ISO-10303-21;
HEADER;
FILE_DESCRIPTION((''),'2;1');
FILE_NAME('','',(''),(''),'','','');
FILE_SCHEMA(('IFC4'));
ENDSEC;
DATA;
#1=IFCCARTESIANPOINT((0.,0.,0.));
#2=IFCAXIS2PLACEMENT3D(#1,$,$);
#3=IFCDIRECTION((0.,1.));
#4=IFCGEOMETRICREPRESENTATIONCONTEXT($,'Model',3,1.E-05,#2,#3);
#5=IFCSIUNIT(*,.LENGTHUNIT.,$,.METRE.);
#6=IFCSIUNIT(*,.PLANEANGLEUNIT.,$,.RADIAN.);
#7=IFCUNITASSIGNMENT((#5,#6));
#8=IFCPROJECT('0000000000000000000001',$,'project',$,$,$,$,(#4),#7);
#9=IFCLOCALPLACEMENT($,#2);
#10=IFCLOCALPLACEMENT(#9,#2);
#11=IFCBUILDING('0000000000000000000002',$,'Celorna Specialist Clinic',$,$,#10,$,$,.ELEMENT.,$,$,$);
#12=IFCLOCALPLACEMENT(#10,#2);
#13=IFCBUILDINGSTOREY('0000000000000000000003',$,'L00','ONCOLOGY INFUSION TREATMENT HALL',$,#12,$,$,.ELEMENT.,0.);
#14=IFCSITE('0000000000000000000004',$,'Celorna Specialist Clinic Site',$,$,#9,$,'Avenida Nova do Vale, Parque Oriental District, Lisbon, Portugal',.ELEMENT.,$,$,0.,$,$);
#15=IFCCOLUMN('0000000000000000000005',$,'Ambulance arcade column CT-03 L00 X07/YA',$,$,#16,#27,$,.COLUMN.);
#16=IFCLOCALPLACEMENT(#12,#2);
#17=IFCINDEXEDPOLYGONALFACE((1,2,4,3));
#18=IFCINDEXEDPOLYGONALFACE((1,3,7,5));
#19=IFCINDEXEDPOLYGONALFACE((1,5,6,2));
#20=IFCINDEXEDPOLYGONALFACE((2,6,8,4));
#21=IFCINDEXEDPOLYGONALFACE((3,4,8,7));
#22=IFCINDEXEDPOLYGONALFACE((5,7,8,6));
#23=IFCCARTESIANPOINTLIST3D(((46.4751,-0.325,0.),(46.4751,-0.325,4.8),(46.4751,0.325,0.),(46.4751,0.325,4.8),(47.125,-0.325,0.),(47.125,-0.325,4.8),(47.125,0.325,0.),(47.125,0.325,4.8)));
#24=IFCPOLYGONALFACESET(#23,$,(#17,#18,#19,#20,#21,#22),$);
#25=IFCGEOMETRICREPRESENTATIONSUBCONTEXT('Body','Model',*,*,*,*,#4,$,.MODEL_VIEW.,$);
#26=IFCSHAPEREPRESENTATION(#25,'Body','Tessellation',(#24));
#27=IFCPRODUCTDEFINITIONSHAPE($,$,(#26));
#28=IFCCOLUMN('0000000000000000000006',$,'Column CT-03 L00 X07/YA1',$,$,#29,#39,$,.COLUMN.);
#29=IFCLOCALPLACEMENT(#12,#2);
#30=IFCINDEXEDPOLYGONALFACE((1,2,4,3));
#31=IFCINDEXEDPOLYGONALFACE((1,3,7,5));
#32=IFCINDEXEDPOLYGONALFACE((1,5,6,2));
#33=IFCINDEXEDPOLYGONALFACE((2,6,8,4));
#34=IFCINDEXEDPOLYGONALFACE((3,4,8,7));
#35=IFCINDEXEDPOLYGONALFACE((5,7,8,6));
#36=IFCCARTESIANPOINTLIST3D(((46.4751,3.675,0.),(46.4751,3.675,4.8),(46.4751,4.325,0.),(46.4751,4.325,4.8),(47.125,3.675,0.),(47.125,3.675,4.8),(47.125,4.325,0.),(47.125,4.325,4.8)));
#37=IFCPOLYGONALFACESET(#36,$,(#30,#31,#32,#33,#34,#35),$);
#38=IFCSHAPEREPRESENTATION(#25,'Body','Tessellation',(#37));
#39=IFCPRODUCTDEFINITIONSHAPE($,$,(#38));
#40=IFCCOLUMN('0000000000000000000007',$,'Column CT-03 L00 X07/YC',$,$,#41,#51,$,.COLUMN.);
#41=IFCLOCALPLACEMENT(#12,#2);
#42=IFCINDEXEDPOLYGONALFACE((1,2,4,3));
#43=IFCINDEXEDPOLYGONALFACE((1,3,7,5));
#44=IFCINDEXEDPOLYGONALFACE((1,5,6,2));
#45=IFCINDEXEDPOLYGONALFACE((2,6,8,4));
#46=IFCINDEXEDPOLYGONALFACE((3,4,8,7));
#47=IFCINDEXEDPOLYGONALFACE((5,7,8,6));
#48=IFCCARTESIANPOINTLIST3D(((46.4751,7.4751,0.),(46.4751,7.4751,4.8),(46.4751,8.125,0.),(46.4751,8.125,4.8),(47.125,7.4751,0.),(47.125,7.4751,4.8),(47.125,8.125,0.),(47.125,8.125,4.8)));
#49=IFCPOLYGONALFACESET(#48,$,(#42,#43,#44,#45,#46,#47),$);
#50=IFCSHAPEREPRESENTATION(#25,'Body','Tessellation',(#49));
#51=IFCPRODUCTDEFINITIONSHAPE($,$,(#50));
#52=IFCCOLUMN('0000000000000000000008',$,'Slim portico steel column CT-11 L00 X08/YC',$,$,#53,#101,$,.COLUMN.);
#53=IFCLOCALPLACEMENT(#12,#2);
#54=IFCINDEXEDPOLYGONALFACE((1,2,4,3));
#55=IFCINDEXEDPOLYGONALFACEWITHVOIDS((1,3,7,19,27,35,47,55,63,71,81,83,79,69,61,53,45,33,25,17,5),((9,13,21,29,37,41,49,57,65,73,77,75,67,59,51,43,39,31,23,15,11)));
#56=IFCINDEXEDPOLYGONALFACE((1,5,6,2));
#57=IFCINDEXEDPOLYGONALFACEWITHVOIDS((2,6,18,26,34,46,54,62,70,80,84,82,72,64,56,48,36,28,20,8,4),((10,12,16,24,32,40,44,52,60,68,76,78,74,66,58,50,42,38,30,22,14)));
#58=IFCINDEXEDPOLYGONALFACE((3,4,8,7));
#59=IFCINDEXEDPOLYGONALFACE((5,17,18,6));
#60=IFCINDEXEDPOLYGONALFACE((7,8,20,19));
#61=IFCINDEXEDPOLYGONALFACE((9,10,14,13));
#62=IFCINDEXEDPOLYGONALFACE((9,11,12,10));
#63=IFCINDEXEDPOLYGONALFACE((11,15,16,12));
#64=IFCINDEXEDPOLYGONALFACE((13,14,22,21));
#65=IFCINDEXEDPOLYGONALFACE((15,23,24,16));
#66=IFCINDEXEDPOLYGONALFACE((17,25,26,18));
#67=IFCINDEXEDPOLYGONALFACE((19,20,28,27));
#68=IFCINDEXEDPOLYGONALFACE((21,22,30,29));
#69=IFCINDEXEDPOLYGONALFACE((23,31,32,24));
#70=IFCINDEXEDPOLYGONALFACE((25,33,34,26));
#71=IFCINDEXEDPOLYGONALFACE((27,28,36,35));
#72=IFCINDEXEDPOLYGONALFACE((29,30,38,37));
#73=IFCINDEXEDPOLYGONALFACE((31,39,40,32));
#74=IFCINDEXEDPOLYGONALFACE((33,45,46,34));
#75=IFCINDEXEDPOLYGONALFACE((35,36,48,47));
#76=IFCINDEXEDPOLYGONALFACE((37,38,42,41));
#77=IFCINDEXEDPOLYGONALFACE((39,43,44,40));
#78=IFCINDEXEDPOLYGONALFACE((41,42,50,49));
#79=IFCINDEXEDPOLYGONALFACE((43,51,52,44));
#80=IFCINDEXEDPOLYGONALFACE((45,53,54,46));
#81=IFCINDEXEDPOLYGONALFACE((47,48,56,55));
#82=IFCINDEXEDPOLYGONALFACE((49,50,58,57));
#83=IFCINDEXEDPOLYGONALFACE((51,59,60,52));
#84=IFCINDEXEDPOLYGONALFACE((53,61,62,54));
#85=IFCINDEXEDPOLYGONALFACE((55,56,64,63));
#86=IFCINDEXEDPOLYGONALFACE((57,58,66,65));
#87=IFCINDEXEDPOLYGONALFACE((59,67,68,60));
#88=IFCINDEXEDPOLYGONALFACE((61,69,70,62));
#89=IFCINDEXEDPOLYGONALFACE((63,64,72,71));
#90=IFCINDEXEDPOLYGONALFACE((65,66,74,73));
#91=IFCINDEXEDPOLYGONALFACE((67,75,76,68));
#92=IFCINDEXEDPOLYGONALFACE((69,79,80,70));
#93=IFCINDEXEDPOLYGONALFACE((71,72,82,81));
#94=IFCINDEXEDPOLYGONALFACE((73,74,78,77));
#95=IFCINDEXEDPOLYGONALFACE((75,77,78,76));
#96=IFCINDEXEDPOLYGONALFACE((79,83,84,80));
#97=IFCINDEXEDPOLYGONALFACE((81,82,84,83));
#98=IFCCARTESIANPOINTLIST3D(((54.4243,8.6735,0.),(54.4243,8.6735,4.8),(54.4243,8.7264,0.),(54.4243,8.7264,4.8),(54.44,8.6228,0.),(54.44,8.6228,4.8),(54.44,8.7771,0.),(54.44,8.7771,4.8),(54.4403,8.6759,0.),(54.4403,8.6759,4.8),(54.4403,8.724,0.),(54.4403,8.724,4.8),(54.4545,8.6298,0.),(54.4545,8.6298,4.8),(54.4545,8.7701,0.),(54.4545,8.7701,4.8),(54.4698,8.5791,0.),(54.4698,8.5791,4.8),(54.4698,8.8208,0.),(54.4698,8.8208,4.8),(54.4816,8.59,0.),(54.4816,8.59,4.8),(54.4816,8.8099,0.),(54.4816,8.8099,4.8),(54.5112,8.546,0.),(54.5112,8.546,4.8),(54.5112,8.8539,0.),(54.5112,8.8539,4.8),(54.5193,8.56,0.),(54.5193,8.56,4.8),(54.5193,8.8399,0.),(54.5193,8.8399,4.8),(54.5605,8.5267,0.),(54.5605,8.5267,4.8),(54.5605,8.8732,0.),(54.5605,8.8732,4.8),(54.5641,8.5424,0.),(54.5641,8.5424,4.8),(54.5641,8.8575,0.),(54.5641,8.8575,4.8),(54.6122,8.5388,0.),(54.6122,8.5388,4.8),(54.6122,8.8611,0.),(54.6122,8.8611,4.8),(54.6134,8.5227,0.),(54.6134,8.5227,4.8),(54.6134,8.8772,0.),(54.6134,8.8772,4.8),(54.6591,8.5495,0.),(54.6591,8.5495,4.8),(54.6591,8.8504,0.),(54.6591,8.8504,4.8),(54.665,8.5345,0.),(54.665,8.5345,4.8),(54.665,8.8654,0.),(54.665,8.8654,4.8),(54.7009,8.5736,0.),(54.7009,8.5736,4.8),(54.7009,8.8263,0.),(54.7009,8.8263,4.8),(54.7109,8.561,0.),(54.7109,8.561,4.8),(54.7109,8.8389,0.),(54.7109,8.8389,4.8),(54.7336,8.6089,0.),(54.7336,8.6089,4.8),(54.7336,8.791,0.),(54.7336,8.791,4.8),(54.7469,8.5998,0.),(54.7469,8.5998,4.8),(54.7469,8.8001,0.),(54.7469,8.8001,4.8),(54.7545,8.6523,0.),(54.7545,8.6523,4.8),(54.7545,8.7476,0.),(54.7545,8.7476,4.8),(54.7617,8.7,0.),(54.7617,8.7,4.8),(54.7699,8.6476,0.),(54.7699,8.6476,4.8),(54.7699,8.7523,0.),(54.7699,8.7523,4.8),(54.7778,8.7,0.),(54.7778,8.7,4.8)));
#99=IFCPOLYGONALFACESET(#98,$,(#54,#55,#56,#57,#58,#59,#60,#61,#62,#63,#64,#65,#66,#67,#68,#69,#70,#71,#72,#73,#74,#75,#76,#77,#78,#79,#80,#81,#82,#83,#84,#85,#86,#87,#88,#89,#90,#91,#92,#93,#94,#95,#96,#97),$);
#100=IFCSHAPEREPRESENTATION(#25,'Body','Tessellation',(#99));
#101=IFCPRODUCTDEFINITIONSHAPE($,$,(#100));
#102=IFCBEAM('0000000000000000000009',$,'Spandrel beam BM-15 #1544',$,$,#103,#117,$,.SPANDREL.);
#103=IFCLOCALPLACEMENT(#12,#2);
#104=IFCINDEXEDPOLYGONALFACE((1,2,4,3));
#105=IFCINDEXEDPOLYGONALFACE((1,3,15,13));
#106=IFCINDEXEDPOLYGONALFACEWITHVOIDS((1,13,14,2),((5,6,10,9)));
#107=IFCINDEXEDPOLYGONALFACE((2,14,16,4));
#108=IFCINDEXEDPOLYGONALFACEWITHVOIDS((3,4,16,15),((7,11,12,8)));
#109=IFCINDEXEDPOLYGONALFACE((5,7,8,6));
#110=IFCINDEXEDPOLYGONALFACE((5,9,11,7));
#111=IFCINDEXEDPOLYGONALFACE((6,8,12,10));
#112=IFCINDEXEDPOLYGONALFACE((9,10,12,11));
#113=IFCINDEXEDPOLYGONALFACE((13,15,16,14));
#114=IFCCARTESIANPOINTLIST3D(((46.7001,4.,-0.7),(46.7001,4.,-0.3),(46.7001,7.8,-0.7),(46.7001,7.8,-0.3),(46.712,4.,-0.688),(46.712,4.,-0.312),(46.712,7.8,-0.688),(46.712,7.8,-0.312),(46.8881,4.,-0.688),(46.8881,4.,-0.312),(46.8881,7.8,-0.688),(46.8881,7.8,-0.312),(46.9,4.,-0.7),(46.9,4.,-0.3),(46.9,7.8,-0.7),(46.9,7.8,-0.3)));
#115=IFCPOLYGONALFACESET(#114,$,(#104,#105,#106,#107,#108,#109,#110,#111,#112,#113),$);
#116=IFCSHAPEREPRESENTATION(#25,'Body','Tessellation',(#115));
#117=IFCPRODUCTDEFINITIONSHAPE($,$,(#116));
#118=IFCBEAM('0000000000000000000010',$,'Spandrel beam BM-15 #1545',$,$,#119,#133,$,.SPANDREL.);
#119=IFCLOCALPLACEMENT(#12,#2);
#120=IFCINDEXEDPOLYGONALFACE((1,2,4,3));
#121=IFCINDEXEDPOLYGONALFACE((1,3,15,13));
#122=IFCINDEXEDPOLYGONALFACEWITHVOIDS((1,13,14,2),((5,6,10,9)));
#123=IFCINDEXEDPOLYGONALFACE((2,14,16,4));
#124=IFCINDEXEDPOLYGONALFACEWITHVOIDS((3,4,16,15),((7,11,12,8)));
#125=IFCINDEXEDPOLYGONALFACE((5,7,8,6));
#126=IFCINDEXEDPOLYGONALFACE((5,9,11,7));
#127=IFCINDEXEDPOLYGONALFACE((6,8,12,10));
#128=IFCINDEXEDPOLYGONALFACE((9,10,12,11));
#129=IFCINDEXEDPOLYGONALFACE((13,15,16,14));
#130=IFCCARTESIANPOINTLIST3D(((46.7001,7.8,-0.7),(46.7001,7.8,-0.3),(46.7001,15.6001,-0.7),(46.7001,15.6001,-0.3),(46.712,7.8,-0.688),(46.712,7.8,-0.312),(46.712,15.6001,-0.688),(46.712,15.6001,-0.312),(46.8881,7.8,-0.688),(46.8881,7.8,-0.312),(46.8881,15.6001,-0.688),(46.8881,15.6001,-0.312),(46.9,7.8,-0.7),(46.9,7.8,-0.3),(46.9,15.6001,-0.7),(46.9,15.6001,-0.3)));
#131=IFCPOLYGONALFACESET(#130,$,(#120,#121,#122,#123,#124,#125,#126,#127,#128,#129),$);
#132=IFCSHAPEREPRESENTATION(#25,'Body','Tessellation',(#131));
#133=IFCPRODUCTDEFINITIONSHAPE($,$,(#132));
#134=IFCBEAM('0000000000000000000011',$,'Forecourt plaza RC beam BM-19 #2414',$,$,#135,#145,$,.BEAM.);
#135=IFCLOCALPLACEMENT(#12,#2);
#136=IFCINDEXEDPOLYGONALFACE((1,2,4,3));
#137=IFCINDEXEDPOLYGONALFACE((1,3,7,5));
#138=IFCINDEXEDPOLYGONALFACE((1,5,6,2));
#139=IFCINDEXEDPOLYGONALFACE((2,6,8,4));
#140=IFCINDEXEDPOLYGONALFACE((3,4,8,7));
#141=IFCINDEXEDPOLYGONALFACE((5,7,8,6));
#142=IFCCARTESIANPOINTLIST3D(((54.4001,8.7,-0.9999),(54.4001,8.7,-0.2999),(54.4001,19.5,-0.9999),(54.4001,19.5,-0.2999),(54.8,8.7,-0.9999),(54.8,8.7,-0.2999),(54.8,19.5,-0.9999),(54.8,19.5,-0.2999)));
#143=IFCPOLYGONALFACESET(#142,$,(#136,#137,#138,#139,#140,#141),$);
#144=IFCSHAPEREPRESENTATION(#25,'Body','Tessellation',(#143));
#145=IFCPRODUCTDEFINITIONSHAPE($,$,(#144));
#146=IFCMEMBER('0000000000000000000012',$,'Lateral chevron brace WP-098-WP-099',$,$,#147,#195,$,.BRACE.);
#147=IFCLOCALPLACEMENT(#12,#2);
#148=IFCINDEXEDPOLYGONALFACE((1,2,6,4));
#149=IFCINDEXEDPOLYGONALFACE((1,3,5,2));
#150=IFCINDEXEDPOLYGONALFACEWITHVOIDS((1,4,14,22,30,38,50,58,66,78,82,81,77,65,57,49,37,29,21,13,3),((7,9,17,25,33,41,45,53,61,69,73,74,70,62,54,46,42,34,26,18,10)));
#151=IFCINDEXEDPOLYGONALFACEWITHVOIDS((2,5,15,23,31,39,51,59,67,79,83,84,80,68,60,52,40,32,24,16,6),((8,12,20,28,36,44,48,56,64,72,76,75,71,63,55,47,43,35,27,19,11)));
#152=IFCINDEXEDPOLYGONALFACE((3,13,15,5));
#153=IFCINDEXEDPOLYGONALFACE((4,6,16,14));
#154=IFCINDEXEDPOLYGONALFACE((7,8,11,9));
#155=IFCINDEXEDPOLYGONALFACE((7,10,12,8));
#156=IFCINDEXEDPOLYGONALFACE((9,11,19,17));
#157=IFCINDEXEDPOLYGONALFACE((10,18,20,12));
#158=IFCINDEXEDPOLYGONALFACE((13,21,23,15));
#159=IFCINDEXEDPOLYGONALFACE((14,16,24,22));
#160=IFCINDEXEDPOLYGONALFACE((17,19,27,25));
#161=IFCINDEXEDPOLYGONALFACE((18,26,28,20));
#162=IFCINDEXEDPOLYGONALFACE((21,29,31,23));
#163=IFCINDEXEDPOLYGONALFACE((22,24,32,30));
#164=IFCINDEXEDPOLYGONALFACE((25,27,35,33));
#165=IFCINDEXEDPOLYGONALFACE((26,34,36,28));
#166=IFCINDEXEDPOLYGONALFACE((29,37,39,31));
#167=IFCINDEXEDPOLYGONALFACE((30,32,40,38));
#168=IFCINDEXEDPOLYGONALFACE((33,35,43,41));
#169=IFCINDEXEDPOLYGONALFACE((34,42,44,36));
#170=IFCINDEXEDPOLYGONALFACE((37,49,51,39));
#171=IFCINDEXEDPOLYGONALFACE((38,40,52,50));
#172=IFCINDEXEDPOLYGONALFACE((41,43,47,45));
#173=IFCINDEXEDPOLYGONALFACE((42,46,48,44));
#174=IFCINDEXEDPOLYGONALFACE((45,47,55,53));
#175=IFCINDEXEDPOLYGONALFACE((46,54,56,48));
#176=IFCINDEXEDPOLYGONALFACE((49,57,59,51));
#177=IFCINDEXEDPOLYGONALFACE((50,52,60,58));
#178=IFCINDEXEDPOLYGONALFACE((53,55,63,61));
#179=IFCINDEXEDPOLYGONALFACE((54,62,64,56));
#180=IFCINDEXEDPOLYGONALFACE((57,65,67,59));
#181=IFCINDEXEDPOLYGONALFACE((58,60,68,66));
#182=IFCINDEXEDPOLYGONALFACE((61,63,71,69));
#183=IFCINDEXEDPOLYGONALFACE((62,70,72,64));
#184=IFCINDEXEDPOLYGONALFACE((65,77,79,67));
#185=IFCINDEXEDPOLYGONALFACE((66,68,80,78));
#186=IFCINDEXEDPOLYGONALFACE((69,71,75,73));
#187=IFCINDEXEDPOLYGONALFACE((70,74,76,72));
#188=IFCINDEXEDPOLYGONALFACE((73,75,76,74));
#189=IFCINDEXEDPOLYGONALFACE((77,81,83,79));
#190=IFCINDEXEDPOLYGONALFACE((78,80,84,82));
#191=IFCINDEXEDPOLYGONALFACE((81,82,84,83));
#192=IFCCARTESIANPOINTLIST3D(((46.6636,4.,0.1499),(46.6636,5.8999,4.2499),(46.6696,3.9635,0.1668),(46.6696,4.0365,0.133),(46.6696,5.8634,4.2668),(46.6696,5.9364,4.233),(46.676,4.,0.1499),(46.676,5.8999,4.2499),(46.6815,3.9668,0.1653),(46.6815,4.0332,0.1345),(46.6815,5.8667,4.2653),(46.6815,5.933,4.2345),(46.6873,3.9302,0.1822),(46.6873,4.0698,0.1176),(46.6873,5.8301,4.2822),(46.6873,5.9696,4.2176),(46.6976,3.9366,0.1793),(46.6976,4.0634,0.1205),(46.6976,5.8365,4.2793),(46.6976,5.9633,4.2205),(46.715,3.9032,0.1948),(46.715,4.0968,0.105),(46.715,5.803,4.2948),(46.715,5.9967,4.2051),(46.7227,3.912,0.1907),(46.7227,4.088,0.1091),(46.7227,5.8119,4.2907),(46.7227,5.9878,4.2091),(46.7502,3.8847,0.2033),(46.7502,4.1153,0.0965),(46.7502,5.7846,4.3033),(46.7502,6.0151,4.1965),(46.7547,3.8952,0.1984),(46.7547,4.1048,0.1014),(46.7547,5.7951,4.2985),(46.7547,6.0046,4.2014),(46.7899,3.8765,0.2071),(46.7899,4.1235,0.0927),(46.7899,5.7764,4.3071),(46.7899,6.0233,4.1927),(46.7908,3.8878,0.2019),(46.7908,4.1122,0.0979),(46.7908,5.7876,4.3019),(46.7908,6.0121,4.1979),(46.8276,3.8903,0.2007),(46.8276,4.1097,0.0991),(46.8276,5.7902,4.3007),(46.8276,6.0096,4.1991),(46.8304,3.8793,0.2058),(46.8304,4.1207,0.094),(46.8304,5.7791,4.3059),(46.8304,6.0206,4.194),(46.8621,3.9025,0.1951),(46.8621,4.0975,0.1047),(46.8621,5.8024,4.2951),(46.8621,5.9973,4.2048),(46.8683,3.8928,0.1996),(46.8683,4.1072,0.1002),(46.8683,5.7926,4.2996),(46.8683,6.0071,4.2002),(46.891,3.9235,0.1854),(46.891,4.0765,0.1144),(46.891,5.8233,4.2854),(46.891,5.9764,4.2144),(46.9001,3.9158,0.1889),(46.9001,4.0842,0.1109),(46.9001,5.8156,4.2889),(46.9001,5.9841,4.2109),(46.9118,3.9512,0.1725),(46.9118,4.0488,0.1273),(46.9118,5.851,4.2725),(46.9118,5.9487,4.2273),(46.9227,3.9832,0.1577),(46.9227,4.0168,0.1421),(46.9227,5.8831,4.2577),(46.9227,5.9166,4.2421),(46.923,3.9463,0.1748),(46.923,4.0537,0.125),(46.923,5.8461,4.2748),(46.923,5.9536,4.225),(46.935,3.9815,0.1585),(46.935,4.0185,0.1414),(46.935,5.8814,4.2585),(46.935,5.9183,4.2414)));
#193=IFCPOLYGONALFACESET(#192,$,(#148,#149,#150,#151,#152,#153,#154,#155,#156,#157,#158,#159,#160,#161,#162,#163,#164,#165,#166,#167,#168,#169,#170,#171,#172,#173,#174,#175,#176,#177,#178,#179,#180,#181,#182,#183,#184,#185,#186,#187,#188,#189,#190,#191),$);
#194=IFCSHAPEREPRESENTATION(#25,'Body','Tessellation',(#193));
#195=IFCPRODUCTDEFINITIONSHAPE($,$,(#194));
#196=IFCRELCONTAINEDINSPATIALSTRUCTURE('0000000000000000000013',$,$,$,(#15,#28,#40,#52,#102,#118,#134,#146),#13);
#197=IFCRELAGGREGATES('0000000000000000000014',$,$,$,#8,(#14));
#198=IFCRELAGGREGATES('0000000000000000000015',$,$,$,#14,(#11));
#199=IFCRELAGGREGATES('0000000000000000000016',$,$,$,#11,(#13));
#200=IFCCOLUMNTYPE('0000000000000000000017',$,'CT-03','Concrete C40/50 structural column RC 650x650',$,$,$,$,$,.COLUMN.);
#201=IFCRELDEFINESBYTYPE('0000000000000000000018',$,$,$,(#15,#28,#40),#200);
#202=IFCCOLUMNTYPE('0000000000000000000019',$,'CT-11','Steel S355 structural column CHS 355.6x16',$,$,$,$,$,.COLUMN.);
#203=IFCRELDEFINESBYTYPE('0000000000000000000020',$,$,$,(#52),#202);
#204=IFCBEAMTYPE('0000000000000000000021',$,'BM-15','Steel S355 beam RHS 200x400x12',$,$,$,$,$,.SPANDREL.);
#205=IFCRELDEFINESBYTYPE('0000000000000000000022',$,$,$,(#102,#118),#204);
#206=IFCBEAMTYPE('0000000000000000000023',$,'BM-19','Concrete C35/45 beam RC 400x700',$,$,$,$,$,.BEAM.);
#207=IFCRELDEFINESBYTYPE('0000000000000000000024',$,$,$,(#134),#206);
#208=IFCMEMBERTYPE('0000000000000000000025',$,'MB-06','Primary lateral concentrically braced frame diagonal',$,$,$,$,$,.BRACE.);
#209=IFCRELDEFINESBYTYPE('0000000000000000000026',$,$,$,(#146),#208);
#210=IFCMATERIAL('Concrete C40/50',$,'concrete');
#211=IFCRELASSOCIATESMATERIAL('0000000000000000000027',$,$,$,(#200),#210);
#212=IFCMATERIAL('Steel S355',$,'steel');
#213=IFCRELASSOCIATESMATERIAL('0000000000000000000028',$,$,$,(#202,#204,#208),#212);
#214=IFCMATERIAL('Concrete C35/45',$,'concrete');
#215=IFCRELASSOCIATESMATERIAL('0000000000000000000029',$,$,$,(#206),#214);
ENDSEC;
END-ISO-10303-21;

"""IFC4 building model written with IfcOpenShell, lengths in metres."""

from ifc_helpers import new_model, si_unit, direction, frame, origin, origin_2d, place, context, subcontext, project, spatial, rectangle, hollow_rectangle, hollow_circle, extrude, material, material_profile, profile_set, type_object, element, save


model = new_model("IFC4")

# Units and contexts
model_context = context("Model", 3, precision=1e-05, world=origin(), true_north=direction((0.0, 1.0)))
body_context = subcontext(model_context, "Body", "Model", "MODEL_VIEW")
ifc_project = project(units=[si_unit("LENGTHUNIT", "METRE"), si_unit("PLANEANGLEUNIT", "RADIAN")], contexts=[model_context])

# Site, building, storey
site_placement = place(None, origin())
site = spatial("IfcSite", under=ifc_project, at=site_placement, Name="Celorna Specialist Clinic Site", LongName="Avenida Nova do Vale, Parque Oriental District, Lisbon, Portugal", CompositionType="ELEMENT", RefElevation=0.0)
building_placement = place(site_placement, origin())
building = spatial("IfcBuilding", under=site, at=building_placement, Name="Celorna Specialist Clinic", CompositionType="ELEMENT")
storey_placement = place(building_placement, origin())
storey = spatial("IfcBuildingStorey", under=building, at=storey_placement, Name="L00", Description="ONCOLOGY INFUSION TREATMENT HALL", CompositionType="ELEMENT", Elevation=0.0)

# Columns
ifc_material_1 = material(Name="Concrete C40/50", Category="concrete")
ifc_material_profile_1 = material_profile(ifc_material_1, rectangle(XDim=0.6499, YDim=0.6499, at=origin_2d()), Name="RC 650x650")
ifc_profile_set_1 = profile_set([ifc_material_profile_1], Name="Concrete C40/50")
column_type_1 = type_object("IfcColumnType", Name="CT-03", Description="Concrete C40/50 structural column RC 650x650", PredefinedType="COLUMN", material=ifc_profile_set_1)
for number, where, z_axis, x_axis, name in (
    (1, (46.8, 0.0, 0.0), (0.0, 0.0, 1.0), (1.0, 0.0, 0.0), "Ambulance arcade column CT-03 L00 X07/YA"),
    (2, (46.8, 4.0, 0.0), (0.0, 0.0, 1.0), (1.0, 0.0, 0.0), "Column CT-03 L00 X07/YA1"),
    (3, (46.8, 7.8, 0.0), (0.0, 0.0, 1.0), (1.0, 0.0, 0.0), "Column CT-03 L00 X07/YC"),
):
    element("IfcColumn", number, at=place(storey_placement, frame(where, z_axis=z_axis, x_axis=x_axis)), inside=storey, type_object=column_type_1, Name=name, PredefinedType="COLUMN", context=body_context, shape_type="SweptSolid", body=[
        extrude(rectangle(XDim=0.6499, YDim=0.6499, at=origin_2d()), origin(), (0.0, 0.0, 1.0), 4.8),
    ])
ifc_material_2 = material(Name="Steel S355", Category="steel")
ifc_material_profile_2 = material_profile(ifc_material_2, hollow_circle(Radius=0.1777, WallThickness=0.0161, at=origin_2d()), Name="CHS 355.6x16")
ifc_profile_set_2 = profile_set([ifc_material_profile_2], Name="Steel S355")
column_type_2 = type_object("IfcColumnType", Name="CT-11", Description="Steel S355 structural column CHS 355.6x16", PredefinedType="COLUMN", material=ifc_profile_set_2)
column_placement = place(storey_placement, frame((54.6001, 8.7, 0.0), z_axis=(0.0, 0.0, 1.0), x_axis=(1.0, 0.0, 0.0)))
element("IfcColumn", 4, at=column_placement, inside=storey, type_object=column_type_2, Name="Slim portico steel column CT-11 L00 X08/YC", PredefinedType="COLUMN", context=body_context, shape_type="SweptSolid", body=[
    extrude(hollow_circle(Radius=0.1777, WallThickness=0.0161, at=origin_2d()), origin(), (0.0, 0.0, 1.0), 4.8),
])

# Beams
ifc_material_profile_3 = material_profile(ifc_material_2, hollow_rectangle(XDim=0.2, YDim=0.3999, WallThickness=0.012, at=origin_2d()), Name="RHS 200x400x12")
ifc_profile_set_3 = profile_set([ifc_material_profile_3], Name="Steel S355")
beam_type_1 = type_object("IfcBeamType", Name="BM-15", Description="Steel S355 beam RHS 200x400x12", PredefinedType="SPANDREL", material=ifc_profile_set_3)
beam_1_placement = place(storey_placement, frame((46.8, 4.0, -0.5), z_axis=(0.0, 1.0, 0.0), x_axis=(-1.0, 0.0, 0.0)))
element("IfcBeam", 5, at=beam_1_placement, inside=storey, type_object=beam_type_1, Name="Spandrel beam BM-15 #1544", PredefinedType="SPANDREL", context=body_context, shape_type="SweptSolid", body=[
    extrude(hollow_rectangle(XDim=0.2, YDim=0.3999, WallThickness=0.012, at=origin_2d()), origin(), (0.0, 0.0, 1.0), 3.8),
])
beam_2_placement = place(storey_placement, frame((46.8, 7.8, -0.5), z_axis=(0.0, 1.0, 0.0), x_axis=(-1.0, 0.0, 0.0)))
element("IfcBeam", 6, at=beam_2_placement, inside=storey, type_object=beam_type_1, Name="Spandrel beam BM-15 #1545", PredefinedType="SPANDREL", context=body_context, shape_type="SweptSolid", body=[
    extrude(hollow_rectangle(XDim=0.2, YDim=0.3999, WallThickness=0.012, at=origin_2d()), origin(), (0.0, 0.0, 1.0), 7.8),
])
ifc_material_3 = material(Name="Concrete C35/45", Category="concrete")
ifc_material_profile_4 = material_profile(ifc_material_3, rectangle(XDim=0.3999, YDim=0.7, at=origin_2d()), Name="RC 400x700")
ifc_profile_set_4 = profile_set([ifc_material_profile_4], Name="Concrete C35/45")
beam_type_2 = type_object("IfcBeamType", Name="BM-19", Description="Concrete C35/45 beam RC 400x700", PredefinedType="BEAM", material=ifc_profile_set_4)
beam_3_placement = place(storey_placement, frame((54.6001, 8.7, -0.6499), z_axis=(0.0, 1.0, 0.0), x_axis=(-1.0, 0.0, 0.0)))
element("IfcBeam", 7, at=beam_3_placement, inside=storey, type_object=beam_type_2, Name="Forecourt plaza RC beam BM-19 #2414", PredefinedType="BEAM", context=body_context, shape_type="SweptSolid", body=[
    extrude(rectangle(XDim=0.3999, YDim=0.7, at=origin_2d()), origin(), (0.0, 0.0, 1.0), 10.8),
])

# Member
ifc_material_profile_5 = material_profile(ifc_material_2, hollow_circle(Radius=0.1365, WallThickness=0.0125, at=origin_2d()), Name="CHS 273x12.5")
ifc_profile_set_5 = profile_set([ifc_material_profile_5], Name="Steel S355")
member_type = type_object("IfcMemberType", Name="MB-06", Description="Primary lateral concentrically braced frame diagonal", PredefinedType="BRACE", material=ifc_profile_set_5)
member_1_placement = place(storey_placement, frame((46.8, 4.0, 0.1499), z_axis=(0.0, 0.420435, 0.907323), x_axis=(-1.0, 0.0, 0.0)))
element("IfcMember", 8, at=member_1_placement, inside=storey, type_object=member_type, Name="Lateral chevron brace WP-098-WP-099", PredefinedType="BRACE", context=body_context, shape_type="SweptSolid", body=[
    extrude(hollow_circle(Radius=0.1365, WallThickness=0.0125, at=origin_2d()), origin(), (0.0, 0.0, 1.0), 4.5188),
])

save(model, "model.ifc")
